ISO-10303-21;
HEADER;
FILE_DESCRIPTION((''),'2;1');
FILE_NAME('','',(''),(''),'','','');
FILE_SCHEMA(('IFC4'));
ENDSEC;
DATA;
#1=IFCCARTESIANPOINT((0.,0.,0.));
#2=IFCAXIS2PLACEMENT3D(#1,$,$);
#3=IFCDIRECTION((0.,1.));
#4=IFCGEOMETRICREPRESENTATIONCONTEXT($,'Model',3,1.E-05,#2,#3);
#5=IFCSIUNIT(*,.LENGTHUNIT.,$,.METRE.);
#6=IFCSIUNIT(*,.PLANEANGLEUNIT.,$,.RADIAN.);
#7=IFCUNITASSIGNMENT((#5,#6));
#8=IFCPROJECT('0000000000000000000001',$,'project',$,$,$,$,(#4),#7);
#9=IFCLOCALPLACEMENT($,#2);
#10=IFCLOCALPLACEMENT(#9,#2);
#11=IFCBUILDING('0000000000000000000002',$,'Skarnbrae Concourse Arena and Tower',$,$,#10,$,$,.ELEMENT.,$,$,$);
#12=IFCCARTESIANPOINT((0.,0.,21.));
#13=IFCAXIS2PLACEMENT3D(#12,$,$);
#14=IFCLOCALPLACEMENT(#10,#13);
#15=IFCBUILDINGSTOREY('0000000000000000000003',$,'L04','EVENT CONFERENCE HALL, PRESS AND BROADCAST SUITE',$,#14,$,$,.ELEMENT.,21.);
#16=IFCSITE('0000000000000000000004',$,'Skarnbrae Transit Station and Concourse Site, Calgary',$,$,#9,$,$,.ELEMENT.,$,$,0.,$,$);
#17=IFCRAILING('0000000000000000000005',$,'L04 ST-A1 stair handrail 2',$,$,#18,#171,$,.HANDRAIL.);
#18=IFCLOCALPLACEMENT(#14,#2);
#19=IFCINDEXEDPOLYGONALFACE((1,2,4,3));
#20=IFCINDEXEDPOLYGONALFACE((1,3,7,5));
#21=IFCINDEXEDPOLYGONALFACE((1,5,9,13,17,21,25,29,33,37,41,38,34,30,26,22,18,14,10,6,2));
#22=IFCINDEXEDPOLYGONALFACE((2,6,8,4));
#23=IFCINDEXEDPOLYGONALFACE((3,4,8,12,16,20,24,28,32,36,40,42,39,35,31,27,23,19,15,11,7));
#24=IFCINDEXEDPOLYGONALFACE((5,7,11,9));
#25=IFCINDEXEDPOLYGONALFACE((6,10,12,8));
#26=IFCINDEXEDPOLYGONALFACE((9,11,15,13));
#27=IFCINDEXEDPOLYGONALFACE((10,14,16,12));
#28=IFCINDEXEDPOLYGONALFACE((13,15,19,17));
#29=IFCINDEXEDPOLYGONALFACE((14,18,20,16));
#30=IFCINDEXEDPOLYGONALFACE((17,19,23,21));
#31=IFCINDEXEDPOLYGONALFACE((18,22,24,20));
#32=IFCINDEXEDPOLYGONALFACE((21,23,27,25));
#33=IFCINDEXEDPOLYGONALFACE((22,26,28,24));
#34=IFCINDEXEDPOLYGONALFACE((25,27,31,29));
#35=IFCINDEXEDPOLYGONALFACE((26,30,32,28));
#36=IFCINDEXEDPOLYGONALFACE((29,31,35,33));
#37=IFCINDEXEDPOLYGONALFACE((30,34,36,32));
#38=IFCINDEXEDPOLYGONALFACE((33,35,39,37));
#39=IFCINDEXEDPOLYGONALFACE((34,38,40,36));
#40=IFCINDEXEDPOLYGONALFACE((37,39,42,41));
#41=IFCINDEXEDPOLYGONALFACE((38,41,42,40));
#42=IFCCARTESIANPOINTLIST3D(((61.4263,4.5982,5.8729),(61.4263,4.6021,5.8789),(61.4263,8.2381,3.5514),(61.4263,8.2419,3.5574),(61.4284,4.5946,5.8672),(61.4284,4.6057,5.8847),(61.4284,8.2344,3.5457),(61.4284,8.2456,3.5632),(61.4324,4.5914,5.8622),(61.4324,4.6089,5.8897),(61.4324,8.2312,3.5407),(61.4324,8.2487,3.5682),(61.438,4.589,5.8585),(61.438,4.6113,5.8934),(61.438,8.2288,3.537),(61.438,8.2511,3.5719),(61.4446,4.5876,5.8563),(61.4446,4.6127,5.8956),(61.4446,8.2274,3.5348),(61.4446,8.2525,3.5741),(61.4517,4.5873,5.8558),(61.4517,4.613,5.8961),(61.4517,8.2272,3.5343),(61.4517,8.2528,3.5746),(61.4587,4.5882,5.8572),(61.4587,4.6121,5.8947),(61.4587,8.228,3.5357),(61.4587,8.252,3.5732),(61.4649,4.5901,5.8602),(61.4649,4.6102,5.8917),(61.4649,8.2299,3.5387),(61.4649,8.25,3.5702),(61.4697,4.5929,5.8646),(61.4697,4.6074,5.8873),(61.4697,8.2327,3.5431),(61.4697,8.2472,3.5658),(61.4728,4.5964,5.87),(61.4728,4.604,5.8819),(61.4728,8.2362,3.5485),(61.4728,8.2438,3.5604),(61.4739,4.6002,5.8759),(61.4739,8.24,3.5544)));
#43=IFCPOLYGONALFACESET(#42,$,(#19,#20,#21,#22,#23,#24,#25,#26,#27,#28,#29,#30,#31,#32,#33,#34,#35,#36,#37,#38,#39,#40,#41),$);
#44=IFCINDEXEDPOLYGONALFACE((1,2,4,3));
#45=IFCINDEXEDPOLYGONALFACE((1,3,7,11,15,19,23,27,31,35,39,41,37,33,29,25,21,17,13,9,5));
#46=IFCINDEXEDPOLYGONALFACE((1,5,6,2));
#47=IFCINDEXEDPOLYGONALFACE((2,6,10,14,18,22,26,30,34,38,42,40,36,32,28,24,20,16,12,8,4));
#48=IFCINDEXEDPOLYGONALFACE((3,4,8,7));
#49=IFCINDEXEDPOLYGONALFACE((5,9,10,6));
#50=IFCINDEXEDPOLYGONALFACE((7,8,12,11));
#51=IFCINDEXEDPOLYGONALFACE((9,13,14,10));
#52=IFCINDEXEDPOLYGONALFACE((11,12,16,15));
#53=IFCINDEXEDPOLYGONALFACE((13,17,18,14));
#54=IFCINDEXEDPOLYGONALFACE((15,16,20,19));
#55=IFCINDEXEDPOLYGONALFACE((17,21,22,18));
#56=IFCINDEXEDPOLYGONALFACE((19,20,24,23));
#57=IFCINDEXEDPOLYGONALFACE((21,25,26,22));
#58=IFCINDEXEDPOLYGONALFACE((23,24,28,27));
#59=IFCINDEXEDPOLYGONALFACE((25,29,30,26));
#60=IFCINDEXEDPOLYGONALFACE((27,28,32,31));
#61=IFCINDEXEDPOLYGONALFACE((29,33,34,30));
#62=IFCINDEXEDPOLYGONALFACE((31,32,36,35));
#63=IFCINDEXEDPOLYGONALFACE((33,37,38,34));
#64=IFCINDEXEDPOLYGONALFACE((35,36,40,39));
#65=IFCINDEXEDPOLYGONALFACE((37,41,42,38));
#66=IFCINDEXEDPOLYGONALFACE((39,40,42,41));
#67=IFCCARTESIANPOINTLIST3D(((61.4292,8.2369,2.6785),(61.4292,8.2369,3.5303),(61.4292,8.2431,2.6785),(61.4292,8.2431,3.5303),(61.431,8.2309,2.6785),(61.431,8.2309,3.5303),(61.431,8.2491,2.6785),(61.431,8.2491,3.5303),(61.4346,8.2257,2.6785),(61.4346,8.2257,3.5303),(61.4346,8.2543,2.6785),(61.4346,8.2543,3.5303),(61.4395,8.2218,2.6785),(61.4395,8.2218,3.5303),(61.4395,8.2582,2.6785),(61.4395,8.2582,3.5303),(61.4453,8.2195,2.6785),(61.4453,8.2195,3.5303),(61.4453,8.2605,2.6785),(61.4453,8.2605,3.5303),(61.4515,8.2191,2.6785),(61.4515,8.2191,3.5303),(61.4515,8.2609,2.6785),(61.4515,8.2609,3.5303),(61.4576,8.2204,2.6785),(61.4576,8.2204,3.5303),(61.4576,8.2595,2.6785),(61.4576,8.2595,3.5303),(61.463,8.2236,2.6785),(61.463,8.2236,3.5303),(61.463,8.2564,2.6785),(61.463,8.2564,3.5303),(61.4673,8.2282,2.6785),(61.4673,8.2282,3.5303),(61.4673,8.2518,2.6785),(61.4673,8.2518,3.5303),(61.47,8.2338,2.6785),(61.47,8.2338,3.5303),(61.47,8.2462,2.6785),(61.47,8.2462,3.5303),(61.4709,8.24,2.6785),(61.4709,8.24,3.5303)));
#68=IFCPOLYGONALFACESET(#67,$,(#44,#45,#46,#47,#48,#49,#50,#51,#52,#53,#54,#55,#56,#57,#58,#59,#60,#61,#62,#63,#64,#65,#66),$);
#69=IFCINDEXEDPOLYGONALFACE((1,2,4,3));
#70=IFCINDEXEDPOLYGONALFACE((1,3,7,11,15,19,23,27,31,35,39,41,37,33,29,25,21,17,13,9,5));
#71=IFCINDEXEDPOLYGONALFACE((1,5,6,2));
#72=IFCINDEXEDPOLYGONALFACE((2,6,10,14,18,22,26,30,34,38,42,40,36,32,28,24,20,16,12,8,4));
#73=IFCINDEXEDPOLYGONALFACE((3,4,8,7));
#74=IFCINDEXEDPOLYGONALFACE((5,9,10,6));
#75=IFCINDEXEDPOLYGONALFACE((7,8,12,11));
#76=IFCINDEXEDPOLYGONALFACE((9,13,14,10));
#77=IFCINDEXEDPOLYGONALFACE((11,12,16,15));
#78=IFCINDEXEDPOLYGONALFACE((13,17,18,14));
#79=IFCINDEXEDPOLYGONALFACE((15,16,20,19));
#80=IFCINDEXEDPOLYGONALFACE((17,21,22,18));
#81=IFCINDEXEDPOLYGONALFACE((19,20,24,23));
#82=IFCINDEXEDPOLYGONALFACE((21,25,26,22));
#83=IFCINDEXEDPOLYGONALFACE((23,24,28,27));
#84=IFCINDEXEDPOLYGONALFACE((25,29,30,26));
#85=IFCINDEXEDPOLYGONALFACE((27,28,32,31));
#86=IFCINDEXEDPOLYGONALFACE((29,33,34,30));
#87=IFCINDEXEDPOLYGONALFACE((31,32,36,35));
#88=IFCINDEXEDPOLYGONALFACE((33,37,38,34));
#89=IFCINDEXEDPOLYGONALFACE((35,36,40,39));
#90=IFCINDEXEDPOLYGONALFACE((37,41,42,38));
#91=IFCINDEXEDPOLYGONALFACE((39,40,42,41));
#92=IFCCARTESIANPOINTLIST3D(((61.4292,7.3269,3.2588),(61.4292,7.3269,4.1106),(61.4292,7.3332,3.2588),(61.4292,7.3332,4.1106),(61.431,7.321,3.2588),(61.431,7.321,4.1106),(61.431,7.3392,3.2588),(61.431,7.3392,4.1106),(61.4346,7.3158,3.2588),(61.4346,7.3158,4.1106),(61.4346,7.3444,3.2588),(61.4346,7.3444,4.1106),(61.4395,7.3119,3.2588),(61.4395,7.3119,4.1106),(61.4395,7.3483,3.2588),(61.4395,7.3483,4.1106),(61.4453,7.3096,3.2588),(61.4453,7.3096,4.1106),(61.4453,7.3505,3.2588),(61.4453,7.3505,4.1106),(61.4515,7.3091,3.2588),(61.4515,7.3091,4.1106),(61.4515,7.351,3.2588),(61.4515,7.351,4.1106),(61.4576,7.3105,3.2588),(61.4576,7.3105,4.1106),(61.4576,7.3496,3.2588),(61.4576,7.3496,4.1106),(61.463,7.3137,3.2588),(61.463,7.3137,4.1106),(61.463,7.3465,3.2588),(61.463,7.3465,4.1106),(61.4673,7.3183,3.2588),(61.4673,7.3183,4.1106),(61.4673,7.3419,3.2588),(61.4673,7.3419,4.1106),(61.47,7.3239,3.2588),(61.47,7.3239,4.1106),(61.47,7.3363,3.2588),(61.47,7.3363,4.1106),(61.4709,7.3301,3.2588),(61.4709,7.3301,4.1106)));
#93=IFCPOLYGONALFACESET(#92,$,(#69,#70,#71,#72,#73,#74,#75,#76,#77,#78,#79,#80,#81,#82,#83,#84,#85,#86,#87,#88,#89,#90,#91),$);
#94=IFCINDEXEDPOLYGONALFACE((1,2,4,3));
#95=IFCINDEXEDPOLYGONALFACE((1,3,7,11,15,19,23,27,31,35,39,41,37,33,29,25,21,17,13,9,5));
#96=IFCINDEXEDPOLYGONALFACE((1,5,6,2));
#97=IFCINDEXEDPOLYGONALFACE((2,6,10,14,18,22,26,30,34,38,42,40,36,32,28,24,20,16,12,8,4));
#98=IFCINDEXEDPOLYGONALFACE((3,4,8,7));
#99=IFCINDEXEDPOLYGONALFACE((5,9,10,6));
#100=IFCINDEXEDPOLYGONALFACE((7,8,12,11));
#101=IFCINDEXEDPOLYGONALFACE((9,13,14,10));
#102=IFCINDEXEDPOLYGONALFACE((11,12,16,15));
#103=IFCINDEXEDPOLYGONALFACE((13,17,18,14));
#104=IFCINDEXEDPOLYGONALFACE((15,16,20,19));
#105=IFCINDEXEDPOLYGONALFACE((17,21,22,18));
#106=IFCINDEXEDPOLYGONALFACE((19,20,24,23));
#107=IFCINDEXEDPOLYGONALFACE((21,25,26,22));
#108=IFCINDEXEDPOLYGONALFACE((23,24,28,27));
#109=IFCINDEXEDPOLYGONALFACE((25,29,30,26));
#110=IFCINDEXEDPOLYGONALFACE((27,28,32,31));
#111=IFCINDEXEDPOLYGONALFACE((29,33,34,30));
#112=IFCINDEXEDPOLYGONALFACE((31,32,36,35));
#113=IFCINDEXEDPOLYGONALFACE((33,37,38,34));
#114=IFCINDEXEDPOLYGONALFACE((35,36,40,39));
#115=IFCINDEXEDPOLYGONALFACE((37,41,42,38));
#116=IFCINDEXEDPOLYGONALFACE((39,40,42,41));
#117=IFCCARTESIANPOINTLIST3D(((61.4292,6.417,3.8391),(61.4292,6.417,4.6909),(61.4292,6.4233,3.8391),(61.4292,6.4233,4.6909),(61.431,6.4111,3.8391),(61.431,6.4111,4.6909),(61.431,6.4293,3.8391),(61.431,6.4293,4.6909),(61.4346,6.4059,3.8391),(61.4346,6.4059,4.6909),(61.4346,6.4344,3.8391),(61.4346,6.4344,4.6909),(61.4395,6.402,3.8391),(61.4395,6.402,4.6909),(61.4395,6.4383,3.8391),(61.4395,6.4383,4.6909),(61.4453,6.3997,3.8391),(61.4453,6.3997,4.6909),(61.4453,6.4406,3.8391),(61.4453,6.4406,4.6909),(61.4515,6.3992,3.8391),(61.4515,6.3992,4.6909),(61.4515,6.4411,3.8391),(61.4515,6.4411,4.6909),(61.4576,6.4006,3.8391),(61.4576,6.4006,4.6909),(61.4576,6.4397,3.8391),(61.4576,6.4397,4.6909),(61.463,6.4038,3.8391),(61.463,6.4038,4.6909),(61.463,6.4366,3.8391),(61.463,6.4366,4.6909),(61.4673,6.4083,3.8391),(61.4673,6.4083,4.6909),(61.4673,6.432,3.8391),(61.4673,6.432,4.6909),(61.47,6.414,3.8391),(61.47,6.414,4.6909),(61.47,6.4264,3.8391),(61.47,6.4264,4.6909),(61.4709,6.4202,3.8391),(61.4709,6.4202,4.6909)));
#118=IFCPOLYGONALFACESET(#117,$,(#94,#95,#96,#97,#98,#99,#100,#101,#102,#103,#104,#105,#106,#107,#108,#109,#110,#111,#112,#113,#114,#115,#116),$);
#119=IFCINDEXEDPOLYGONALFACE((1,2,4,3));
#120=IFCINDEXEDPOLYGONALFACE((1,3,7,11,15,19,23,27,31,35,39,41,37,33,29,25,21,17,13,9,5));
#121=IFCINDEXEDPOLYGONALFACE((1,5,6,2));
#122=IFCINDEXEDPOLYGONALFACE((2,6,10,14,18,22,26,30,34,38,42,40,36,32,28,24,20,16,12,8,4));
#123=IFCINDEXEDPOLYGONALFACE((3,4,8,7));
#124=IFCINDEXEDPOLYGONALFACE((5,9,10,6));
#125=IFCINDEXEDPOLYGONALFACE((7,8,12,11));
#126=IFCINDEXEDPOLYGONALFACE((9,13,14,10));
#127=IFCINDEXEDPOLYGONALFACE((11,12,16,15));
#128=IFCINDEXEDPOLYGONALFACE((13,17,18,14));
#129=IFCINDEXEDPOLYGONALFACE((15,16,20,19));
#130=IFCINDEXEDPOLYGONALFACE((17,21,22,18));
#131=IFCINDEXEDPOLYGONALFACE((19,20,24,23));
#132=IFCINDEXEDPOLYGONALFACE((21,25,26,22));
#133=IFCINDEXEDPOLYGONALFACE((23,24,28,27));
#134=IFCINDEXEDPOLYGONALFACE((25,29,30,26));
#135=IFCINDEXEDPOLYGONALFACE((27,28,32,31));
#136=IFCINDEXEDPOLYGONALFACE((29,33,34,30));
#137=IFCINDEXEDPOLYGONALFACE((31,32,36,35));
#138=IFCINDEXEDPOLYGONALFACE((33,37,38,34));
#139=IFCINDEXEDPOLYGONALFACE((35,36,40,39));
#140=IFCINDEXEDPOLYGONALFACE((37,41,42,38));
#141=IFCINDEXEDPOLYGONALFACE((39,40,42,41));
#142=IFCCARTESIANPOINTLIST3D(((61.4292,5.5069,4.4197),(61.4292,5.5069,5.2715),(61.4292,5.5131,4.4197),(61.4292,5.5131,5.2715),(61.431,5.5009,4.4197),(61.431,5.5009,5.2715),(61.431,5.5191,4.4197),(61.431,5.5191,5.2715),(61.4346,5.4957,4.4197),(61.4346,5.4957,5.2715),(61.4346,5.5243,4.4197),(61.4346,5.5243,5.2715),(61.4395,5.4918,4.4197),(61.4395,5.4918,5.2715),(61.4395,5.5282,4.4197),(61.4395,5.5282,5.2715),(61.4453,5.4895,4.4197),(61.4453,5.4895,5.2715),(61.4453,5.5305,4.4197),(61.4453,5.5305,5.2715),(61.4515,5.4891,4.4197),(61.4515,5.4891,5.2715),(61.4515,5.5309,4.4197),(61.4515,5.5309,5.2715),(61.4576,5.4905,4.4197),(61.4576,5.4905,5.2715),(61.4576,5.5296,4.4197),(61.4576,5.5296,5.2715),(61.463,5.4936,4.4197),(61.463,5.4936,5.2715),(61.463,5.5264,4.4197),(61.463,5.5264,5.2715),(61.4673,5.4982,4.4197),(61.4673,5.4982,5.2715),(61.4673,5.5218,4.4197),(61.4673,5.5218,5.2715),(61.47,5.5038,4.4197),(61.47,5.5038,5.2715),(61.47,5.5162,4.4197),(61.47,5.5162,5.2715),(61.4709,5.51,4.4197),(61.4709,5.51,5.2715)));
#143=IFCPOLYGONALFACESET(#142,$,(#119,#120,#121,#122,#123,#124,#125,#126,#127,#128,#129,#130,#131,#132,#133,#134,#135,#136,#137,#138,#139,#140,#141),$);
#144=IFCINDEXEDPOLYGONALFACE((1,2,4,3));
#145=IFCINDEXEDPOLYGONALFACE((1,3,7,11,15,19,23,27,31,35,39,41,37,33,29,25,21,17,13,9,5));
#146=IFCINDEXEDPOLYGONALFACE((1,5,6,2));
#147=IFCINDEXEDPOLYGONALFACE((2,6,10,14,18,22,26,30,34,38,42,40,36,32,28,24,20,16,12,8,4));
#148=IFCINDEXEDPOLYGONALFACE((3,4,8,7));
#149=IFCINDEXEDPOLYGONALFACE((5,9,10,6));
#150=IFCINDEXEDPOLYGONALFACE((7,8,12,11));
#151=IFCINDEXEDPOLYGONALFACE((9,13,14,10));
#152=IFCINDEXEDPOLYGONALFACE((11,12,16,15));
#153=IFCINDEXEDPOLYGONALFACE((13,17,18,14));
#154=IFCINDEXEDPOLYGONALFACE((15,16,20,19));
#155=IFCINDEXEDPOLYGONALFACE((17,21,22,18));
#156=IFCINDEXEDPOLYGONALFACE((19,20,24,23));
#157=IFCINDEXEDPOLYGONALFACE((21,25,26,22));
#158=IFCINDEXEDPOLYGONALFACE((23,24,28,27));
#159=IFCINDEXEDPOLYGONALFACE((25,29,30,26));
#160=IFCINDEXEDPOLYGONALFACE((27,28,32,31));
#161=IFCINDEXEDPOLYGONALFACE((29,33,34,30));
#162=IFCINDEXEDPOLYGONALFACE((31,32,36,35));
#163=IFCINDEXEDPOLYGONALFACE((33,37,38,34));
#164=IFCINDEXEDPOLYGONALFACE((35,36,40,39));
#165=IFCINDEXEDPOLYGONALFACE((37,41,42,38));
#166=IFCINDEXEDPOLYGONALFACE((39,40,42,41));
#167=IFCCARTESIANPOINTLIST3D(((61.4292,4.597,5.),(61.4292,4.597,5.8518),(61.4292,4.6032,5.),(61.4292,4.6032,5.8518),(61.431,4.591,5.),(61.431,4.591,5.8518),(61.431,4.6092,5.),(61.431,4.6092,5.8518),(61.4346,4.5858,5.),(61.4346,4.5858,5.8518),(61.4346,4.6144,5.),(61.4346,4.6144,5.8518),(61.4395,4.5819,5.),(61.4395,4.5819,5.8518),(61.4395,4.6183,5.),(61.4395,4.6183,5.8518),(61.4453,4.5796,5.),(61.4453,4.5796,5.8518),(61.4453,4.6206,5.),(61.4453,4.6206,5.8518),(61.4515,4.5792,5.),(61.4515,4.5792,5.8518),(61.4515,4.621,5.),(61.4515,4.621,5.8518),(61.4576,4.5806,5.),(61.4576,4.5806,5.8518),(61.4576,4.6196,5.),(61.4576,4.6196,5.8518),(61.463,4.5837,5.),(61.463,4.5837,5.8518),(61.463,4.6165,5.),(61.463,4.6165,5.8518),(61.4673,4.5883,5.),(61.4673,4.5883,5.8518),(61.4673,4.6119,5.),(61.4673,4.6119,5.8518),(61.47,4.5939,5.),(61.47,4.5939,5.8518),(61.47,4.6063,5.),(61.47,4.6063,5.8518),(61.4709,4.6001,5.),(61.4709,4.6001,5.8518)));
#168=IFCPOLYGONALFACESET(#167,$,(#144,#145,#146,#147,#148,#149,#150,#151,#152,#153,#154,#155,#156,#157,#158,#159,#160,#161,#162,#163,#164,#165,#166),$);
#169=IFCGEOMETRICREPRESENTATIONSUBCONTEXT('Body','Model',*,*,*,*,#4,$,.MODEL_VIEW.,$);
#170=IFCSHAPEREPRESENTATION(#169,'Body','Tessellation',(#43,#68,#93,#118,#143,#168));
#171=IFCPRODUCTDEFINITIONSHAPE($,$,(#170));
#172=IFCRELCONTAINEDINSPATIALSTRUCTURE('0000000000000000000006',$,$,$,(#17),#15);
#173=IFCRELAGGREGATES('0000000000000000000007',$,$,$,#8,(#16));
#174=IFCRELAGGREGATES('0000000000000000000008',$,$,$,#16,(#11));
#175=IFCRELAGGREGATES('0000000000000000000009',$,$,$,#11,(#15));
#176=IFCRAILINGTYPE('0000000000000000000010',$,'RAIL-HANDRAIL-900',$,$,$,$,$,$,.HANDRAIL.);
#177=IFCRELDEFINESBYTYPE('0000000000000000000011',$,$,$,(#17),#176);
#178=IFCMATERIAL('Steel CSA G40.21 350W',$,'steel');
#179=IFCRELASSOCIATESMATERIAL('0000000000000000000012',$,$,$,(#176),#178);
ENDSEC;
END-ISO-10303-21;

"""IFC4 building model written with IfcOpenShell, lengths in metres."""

from ifc_helpers import new_model, si_unit, direction, frame, origin, origin_2d, place, context, subcontext, project, spatial, circle, extrude, material, type_object, element, save


model = new_model("IFC4")

# Units and contexts
model_context = context("Model", 3, precision=1e-05, world=origin(), true_north=direction((0.0, 1.0)))
body_context = subcontext(model_context, "Body", "Model", "MODEL_VIEW")
ifc_project = project(units=[si_unit("LENGTHUNIT", "METRE"), si_unit("PLANEANGLEUNIT", "RADIAN")], contexts=[model_context])

# Site, building, storey
site_placement = place(None, origin())
site = spatial("IfcSite", under=ifc_project, at=site_placement, Name="Skarnbrae Transit Station and Concourse Site, Calgary", CompositionType="ELEMENT", RefElevation=0.0)
building_placement = place(site_placement, origin())
building = spatial("IfcBuilding", under=site, at=building_placement, Name="Skarnbrae Concourse Arena and Tower", CompositionType="ELEMENT")
storey_placement = place(building_placement, frame((0.0, 0.0, 21.0)))
storey = spatial("IfcBuildingStorey", under=building, at=storey_placement, Name="L04", Description="EVENT CONFERENCE HALL, PRESS AND BROADCAST SUITE", CompositionType="ELEMENT", Elevation=21.0)

# Shared definitions
ifc_material_1 = material(Name="Steel CSA G40.21 350W", Category="steel")

# Railing
railing_type_1 = type_object("IfcRailingType", Name="RAIL-HANDRAIL-900", PredefinedType="HANDRAIL", material=ifc_material_1)
railing_1_placement = place(storey_placement, frame((61.45, 8.24, 2.6785)))
element("IfcRailing", 1, at=railing_1_placement, inside=storey, type_object=railing_type_1, Name="L04 ST-A1 stair handrail 2", PredefinedType="HANDRAIL", context=body_context, shape_type="SweptSolid", body=[
    extrude(circle(Radius=0.0239, at=origin_2d()), frame((0.0, 0.0, 0.876), z_axis=(0.0, -0.843112, 0.537739), x_axis=(1.0, 0.0, 0.0)), (0.0, 0.0, 1.0), 4.3171),
    extrude(circle(Radius=0.021, at=origin_2d()), origin(), (0.0, 0.0, 1.0), 0.8518),
    extrude(circle(Radius=0.021, at=origin_2d()), frame((0.0, -0.9099, 0.5803)), (0.0, 0.0, 1.0), 0.8518),
    extrude(circle(Radius=0.021, at=origin_2d()), frame((0.0, -1.8198, 1.1606)), (0.0, 0.0, 1.0), 0.8518),
    extrude(circle(Radius=0.021, at=origin_2d()), frame((0.0, -2.73, 1.7412)), (0.0, 0.0, 1.0), 0.8518),
    extrude(circle(Radius=0.021, at=origin_2d()), frame((0.0, -3.6399, 2.3215)), (0.0, 0.0, 1.0), 0.8518),
])

save(model, "model.ifc")
